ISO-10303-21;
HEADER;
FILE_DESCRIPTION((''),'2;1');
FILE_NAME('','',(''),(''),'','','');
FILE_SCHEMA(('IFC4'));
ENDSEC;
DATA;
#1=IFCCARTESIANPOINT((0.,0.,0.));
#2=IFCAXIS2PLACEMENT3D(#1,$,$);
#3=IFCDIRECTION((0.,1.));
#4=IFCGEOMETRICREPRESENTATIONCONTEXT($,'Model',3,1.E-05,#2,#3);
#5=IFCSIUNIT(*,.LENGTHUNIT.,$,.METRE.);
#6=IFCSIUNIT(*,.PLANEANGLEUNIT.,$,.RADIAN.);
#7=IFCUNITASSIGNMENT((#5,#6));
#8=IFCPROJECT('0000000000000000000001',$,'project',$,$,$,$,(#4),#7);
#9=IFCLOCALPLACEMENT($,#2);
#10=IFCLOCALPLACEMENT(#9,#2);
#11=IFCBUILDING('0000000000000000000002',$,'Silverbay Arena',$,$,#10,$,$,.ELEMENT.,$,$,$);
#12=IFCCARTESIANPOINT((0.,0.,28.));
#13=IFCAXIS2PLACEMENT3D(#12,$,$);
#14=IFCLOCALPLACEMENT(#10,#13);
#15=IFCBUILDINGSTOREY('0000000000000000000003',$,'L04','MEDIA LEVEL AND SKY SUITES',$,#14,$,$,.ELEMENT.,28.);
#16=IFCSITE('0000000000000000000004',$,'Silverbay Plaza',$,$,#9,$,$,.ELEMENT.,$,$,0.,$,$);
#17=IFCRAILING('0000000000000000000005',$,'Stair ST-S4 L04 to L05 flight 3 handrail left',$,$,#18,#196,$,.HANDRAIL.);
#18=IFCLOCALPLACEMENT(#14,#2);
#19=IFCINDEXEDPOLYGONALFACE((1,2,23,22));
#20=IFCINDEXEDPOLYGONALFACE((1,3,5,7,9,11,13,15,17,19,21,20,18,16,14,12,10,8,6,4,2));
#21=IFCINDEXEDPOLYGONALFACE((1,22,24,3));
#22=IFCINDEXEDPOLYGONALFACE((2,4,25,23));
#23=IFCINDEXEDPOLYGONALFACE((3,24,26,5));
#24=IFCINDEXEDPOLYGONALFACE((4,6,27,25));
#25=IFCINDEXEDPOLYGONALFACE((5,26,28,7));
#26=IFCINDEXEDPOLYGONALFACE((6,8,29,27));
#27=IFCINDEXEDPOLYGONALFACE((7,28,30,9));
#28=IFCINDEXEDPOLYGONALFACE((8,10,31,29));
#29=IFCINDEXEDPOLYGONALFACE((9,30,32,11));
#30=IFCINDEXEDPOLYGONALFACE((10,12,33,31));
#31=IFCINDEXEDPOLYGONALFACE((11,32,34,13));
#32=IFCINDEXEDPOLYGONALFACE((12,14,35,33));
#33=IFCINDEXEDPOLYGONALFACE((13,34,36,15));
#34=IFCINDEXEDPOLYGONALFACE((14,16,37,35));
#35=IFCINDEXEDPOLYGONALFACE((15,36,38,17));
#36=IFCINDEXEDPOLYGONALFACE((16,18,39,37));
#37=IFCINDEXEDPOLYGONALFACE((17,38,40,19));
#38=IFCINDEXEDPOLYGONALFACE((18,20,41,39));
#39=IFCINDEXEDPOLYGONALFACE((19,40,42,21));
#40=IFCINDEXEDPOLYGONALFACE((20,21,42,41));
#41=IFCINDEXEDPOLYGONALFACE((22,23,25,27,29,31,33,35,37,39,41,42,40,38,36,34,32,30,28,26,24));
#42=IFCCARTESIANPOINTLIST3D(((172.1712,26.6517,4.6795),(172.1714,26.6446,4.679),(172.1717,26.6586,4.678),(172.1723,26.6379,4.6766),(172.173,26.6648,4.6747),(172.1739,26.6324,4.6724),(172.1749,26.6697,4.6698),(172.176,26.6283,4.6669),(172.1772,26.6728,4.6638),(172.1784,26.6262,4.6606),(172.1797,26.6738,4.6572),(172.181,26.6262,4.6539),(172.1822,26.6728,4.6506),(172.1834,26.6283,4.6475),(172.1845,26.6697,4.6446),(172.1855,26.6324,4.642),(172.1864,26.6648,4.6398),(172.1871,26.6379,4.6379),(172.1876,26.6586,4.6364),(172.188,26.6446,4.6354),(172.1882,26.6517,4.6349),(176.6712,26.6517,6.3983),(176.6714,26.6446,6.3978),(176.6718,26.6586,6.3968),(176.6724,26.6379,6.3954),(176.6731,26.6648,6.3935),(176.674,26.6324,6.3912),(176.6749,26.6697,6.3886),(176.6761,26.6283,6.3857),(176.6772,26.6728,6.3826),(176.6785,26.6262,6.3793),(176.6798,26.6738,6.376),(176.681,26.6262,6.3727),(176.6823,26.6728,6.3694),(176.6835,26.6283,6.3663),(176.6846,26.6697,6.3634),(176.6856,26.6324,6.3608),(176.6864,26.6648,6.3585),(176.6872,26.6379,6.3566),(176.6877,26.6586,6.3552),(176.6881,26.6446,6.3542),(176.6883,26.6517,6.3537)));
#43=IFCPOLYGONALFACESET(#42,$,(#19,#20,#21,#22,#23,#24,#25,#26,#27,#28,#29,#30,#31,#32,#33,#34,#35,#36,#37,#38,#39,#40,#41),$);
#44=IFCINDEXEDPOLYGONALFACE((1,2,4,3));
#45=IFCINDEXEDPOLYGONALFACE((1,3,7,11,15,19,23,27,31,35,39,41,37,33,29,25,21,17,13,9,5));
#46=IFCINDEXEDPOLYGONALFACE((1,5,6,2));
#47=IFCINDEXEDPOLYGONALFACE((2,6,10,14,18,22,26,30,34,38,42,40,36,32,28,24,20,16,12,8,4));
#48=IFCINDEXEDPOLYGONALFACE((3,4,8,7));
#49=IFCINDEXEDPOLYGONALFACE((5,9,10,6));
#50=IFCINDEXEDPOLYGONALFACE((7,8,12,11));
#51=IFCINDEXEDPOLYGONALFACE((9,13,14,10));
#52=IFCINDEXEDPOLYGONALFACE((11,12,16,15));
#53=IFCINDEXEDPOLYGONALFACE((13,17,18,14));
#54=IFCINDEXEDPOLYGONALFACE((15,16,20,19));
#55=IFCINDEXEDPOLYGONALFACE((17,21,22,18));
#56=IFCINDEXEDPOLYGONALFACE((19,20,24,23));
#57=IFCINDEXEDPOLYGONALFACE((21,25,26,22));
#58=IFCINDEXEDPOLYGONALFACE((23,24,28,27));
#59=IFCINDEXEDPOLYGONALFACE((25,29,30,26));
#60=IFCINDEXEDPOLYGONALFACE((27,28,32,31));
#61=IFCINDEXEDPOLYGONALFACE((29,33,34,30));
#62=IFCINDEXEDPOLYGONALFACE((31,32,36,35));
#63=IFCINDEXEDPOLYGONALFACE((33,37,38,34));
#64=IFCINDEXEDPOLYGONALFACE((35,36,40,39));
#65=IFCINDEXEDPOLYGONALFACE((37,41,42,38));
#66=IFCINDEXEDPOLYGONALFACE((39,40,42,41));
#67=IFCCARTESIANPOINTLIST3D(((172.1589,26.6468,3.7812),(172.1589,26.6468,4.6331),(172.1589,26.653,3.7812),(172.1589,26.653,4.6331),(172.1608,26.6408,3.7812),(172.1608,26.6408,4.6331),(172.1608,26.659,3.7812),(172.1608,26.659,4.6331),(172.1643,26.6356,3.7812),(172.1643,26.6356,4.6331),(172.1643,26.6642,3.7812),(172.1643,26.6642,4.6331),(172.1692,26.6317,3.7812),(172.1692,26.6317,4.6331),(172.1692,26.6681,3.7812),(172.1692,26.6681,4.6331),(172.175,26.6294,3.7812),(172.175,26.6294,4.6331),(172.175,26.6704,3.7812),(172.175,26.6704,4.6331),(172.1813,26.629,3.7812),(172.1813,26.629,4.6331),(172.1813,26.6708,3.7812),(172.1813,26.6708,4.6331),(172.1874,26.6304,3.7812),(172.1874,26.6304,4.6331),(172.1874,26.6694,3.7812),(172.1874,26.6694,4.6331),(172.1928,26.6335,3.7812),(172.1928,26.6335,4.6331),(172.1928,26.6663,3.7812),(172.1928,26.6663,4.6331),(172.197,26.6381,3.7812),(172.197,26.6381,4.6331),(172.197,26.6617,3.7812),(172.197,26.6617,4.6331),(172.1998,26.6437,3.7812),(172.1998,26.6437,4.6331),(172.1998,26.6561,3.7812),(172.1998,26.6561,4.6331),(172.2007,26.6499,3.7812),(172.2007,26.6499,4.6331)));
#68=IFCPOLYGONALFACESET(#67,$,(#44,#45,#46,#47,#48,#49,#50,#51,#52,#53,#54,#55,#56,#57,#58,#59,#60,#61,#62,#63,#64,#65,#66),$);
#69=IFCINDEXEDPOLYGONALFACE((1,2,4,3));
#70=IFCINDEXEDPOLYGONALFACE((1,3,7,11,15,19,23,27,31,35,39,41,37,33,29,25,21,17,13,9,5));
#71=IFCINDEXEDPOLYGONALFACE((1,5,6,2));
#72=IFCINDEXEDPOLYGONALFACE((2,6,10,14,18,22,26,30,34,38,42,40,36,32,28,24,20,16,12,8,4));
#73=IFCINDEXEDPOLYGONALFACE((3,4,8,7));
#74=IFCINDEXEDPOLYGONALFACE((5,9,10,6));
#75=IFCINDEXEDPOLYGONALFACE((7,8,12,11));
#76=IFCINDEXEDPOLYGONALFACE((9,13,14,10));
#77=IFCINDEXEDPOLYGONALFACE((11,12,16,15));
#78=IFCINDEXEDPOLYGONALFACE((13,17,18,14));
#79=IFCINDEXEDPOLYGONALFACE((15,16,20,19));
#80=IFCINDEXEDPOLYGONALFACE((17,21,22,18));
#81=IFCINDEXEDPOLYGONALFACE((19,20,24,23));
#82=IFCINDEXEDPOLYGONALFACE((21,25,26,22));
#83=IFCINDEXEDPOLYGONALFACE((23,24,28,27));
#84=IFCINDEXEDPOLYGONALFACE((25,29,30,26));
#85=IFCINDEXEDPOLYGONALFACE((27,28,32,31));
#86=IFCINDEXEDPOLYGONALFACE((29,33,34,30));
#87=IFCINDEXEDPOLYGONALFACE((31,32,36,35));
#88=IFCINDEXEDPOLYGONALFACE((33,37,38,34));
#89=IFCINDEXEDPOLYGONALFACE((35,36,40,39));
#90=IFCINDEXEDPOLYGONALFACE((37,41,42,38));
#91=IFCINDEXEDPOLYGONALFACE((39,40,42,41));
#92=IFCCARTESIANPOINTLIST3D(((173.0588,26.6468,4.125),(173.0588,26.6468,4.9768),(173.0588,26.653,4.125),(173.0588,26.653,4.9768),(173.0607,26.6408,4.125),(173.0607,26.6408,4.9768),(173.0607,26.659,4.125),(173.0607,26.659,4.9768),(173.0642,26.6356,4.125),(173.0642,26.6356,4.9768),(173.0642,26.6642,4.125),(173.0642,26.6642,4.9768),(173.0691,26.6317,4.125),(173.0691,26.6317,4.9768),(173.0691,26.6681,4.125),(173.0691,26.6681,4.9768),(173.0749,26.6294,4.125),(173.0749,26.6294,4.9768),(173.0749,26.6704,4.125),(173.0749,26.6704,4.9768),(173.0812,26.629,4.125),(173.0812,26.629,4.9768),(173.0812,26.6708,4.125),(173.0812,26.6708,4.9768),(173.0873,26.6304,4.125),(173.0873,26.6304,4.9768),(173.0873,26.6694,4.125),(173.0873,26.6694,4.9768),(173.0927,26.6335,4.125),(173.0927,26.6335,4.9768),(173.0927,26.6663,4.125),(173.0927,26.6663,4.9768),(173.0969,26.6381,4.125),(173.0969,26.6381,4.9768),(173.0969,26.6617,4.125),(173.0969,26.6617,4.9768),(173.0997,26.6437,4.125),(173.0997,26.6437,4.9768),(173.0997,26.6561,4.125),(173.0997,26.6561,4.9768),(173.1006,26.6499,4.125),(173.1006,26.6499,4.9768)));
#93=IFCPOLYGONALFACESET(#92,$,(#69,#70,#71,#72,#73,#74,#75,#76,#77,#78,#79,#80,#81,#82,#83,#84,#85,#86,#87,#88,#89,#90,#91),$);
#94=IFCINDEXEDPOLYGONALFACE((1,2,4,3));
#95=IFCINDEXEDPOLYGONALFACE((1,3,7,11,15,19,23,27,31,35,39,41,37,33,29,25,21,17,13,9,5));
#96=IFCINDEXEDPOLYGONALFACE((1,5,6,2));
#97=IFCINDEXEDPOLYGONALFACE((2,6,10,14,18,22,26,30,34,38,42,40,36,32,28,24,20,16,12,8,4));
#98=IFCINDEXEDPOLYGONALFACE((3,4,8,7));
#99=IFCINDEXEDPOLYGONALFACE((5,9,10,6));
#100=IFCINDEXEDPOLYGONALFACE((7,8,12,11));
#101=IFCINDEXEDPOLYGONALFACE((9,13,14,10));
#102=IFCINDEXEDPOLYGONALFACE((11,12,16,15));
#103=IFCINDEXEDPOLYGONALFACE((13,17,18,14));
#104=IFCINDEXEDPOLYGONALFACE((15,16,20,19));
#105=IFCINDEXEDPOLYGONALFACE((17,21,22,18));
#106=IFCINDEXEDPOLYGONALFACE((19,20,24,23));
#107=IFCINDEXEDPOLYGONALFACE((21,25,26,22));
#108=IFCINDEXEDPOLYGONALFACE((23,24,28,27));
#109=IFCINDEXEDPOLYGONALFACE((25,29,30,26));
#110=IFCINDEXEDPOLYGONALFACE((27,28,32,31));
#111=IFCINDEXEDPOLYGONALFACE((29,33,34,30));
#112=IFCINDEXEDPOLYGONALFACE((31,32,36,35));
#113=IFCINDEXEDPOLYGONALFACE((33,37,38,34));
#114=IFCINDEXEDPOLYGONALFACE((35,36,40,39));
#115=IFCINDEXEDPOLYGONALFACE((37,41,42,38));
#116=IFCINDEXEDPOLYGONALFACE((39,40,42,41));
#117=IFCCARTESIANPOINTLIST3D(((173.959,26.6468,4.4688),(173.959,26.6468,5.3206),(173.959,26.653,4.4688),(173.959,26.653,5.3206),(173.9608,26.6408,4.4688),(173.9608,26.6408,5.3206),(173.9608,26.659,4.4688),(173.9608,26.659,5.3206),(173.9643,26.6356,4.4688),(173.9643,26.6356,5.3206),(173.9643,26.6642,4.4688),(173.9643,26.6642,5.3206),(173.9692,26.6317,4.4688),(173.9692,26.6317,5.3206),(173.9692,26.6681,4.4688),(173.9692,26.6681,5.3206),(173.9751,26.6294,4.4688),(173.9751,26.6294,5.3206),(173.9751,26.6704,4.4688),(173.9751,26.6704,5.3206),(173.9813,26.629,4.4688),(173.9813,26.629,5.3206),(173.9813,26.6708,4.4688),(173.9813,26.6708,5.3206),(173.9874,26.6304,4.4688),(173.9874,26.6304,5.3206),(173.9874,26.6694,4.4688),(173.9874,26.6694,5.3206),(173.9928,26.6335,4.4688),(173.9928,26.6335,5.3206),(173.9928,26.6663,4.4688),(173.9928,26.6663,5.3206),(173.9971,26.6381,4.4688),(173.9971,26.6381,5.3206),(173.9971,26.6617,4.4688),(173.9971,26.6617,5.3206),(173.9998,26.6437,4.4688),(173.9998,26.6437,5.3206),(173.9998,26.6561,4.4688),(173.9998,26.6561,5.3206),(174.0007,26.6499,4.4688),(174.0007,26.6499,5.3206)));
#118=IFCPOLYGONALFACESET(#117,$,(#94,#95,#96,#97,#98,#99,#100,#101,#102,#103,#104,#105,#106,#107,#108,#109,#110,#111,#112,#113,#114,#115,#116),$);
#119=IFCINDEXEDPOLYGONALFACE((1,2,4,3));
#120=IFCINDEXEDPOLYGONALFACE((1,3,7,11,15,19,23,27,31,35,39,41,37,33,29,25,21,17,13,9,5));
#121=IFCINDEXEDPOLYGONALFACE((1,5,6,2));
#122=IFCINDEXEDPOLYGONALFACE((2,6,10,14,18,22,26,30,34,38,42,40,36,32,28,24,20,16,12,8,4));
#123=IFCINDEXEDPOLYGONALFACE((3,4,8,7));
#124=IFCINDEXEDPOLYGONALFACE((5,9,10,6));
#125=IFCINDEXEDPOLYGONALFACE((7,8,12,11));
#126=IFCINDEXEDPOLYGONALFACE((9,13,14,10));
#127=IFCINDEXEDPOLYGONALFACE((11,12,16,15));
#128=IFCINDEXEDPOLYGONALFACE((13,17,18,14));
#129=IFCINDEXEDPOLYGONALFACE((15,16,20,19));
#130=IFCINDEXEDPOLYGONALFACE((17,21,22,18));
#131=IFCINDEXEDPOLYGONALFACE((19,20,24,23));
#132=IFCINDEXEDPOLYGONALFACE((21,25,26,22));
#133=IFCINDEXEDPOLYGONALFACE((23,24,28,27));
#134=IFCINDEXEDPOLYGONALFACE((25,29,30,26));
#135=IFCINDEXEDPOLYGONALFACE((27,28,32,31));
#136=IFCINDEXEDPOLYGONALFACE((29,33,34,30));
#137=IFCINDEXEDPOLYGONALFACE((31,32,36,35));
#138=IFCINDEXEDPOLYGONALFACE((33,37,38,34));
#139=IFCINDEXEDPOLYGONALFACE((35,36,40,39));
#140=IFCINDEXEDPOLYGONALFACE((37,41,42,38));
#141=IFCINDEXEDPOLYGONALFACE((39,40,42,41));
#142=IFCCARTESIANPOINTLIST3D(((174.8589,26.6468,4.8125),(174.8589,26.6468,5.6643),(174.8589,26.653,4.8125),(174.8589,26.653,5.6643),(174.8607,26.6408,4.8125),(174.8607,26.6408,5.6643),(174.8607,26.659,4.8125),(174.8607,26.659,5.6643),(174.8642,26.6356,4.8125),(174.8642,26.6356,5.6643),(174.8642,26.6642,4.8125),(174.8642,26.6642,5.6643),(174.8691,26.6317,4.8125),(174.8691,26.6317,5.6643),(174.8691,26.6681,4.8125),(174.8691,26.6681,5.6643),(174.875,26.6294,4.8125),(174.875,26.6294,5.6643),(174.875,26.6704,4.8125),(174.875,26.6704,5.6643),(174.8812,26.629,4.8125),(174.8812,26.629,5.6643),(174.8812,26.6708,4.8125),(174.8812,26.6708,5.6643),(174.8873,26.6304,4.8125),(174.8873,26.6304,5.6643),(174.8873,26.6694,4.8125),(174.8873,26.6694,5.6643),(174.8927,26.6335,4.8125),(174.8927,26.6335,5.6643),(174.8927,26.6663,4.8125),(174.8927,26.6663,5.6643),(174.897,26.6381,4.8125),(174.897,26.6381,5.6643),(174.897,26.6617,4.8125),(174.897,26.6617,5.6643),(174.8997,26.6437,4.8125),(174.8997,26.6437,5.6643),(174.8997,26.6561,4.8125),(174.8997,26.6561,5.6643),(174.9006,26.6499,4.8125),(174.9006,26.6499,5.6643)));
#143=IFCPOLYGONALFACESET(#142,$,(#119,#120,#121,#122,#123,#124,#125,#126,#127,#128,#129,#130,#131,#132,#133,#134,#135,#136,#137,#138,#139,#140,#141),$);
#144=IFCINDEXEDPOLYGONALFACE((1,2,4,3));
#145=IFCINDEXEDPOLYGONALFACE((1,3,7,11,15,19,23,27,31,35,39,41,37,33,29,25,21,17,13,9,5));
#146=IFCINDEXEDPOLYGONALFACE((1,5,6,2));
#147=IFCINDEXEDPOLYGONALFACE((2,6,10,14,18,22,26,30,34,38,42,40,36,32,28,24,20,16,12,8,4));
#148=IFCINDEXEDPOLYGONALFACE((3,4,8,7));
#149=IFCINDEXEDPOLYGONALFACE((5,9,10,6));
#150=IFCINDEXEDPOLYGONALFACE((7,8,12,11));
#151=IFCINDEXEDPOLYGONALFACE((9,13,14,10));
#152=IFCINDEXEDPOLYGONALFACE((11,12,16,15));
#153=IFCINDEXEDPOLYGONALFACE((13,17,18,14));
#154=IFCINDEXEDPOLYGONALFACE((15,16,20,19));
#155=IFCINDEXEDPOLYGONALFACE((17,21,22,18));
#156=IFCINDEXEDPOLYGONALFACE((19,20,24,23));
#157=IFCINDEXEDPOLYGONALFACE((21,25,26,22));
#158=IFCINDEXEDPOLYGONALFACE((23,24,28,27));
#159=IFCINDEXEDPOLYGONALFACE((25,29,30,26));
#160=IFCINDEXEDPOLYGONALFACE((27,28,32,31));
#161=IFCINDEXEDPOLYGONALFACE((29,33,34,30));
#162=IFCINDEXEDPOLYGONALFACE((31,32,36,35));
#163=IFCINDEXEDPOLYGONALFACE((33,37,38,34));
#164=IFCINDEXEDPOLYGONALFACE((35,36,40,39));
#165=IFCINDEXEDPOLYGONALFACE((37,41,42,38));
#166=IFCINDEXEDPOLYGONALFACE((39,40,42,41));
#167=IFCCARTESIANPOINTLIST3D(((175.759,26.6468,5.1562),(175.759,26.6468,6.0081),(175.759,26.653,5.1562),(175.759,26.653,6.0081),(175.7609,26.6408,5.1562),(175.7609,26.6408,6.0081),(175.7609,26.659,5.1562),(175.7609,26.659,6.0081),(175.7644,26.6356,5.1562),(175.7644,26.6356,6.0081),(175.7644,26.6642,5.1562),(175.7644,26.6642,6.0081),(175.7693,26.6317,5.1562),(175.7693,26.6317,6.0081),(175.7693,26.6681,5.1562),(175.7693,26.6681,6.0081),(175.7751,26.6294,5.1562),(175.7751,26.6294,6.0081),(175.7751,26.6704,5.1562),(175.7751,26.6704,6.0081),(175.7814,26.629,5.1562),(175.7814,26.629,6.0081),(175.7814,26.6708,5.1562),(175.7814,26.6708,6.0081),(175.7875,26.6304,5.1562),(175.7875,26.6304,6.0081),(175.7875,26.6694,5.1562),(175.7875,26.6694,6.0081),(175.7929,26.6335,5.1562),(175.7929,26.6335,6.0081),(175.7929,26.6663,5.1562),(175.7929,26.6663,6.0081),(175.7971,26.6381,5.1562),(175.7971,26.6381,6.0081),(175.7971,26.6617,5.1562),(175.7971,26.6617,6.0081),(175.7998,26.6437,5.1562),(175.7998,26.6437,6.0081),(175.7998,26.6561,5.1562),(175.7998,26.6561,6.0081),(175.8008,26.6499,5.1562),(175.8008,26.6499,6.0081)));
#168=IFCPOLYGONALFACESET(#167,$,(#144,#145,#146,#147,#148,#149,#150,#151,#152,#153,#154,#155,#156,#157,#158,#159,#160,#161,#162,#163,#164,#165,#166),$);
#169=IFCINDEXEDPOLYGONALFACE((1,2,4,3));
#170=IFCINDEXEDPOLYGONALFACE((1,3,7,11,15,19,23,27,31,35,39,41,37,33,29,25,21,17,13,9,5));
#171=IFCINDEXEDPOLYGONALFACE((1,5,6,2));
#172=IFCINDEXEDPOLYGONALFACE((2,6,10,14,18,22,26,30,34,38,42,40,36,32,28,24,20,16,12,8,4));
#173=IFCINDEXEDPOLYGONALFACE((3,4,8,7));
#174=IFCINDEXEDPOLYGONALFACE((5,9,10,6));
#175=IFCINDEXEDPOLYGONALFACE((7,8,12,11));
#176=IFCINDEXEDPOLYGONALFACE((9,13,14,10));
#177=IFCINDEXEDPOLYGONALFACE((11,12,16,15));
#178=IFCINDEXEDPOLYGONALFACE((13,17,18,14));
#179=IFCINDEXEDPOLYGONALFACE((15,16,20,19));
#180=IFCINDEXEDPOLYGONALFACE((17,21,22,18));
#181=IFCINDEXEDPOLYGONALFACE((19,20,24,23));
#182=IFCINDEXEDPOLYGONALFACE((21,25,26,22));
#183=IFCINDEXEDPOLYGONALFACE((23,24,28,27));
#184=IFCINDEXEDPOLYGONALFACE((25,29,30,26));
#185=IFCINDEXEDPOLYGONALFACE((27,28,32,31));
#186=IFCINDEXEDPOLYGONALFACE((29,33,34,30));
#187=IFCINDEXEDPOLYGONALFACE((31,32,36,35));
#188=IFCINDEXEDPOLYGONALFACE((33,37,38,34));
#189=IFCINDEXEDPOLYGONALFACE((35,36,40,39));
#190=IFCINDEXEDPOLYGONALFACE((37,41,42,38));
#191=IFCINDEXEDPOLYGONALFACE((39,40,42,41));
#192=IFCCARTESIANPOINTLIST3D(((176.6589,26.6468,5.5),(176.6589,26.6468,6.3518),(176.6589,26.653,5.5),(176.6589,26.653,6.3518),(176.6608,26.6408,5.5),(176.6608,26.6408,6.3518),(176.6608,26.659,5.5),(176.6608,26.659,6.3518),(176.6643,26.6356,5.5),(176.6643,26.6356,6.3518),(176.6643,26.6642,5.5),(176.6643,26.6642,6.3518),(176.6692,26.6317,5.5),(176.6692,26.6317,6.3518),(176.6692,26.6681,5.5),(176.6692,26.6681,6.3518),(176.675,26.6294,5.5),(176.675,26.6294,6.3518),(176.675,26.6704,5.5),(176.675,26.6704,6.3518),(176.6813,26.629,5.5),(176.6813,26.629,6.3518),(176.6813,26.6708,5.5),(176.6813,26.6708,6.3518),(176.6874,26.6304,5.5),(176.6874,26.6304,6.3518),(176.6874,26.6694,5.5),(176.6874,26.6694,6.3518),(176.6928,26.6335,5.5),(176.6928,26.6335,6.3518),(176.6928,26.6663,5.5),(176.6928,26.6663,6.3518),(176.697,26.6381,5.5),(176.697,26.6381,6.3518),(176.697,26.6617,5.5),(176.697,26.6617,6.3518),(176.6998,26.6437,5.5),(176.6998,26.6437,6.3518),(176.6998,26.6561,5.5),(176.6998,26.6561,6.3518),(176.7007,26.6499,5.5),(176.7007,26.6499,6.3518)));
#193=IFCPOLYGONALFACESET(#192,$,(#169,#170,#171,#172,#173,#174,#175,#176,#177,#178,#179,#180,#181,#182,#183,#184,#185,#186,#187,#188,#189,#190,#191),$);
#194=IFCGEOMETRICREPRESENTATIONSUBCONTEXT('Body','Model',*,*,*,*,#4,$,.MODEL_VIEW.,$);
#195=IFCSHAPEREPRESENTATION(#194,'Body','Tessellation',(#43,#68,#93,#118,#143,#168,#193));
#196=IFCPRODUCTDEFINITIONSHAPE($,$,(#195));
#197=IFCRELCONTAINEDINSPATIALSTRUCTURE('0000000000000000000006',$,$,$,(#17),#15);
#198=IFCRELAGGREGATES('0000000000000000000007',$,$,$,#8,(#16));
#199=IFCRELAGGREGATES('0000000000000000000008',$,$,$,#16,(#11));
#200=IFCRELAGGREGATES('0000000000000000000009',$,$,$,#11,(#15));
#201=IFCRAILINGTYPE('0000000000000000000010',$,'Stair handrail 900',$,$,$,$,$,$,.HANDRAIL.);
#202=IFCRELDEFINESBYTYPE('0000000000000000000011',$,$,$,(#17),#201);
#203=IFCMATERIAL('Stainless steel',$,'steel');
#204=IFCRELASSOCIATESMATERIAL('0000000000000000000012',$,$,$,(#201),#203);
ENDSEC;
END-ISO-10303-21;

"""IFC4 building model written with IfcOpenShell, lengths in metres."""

from ifc_helpers import new_model, si_unit, direction, frame, origin, origin_2d, place, context, subcontext, project, spatial, circle, extrude, material, type_object, element, save


model = new_model("IFC4")

# Units and contexts
model_context = context("Model", 3, precision=1e-05, world=origin(), true_north=direction((0.0, 1.0)))
body_context = subcontext(model_context, "Body", "Model", "MODEL_VIEW")
ifc_project = project(units=[si_unit("LENGTHUNIT", "METRE"), si_unit("PLANEANGLEUNIT", "RADIAN")], contexts=[model_context])

# Site, building, storey
site_placement = place(None, origin())
site = spatial("IfcSite", under=ifc_project, at=site_placement, Name="Silverbay Plaza", CompositionType="ELEMENT", RefElevation=0.0)
building_placement = place(site_placement, origin())
building = spatial("IfcBuilding", under=site, at=building_placement, Name="Silverbay Arena", CompositionType="ELEMENT")
storey_placement = place(building_placement, frame((0.0, 0.0, 28.0)))
storey = spatial("IfcBuildingStorey", under=building, at=storey_placement, Name="L04", Description="MEDIA LEVEL AND SKY SUITES", CompositionType="ELEMENT", Elevation=28.0)

# Railing
ifc_material_1 = material(Name="Stainless steel", Category="steel")
railing_type_1 = type_object("IfcRailingType", Name="Stair handrail 900", PredefinedType="HANDRAIL", material=ifc_material_1)
railing_1_placement = place(storey_placement, frame((172.1797, 26.6499, 3.7812)))
element("IfcRailing", 1, at=railing_1_placement, inside=storey, type_object=railing_type_1, Name="Stair ST-S4 L04 to L05 flight 3 handrail left", PredefinedType="HANDRAIL", context=body_context, shape_type="SweptSolid", body=[
    extrude(circle(Radius=0.0239, at=origin_2d()), frame((0.0, 0.0, 0.876), z_axis=(0.934179, 0.0, 0.356805), x_axis=(0.0, 1.0, 0.0)), (0.0, 0.0, 1.0), 4.8171),
    extrude(circle(Radius=0.021, at=origin_2d()), origin(), (0.0, 0.0, 1.0), 0.8518),
    extrude(circle(Radius=0.021, at=origin_2d()), frame((0.8999, 0.0, 0.3438)), (0.0, 0.0, 1.0), 0.8518),
    extrude(circle(Radius=0.021, at=origin_2d()), frame((1.8, 0.0, 0.6875)), (0.0, 0.0, 1.0), 0.8518),
    extrude(circle(Radius=0.021, at=origin_2d()), frame((2.7, 0.0, 1.0312)), (0.0, 0.0, 1.0), 0.8518),
    extrude(circle(Radius=0.021, at=origin_2d()), frame((3.6001, 0.0, 1.375)), (0.0, 0.0, 1.0), 0.8518),
    extrude(circle(Radius=0.021, at=origin_2d()), frame((4.5, 0.0, 1.7188)), (0.0, 0.0, 1.0), 0.8518),
])

save(model, "model.ifc")
